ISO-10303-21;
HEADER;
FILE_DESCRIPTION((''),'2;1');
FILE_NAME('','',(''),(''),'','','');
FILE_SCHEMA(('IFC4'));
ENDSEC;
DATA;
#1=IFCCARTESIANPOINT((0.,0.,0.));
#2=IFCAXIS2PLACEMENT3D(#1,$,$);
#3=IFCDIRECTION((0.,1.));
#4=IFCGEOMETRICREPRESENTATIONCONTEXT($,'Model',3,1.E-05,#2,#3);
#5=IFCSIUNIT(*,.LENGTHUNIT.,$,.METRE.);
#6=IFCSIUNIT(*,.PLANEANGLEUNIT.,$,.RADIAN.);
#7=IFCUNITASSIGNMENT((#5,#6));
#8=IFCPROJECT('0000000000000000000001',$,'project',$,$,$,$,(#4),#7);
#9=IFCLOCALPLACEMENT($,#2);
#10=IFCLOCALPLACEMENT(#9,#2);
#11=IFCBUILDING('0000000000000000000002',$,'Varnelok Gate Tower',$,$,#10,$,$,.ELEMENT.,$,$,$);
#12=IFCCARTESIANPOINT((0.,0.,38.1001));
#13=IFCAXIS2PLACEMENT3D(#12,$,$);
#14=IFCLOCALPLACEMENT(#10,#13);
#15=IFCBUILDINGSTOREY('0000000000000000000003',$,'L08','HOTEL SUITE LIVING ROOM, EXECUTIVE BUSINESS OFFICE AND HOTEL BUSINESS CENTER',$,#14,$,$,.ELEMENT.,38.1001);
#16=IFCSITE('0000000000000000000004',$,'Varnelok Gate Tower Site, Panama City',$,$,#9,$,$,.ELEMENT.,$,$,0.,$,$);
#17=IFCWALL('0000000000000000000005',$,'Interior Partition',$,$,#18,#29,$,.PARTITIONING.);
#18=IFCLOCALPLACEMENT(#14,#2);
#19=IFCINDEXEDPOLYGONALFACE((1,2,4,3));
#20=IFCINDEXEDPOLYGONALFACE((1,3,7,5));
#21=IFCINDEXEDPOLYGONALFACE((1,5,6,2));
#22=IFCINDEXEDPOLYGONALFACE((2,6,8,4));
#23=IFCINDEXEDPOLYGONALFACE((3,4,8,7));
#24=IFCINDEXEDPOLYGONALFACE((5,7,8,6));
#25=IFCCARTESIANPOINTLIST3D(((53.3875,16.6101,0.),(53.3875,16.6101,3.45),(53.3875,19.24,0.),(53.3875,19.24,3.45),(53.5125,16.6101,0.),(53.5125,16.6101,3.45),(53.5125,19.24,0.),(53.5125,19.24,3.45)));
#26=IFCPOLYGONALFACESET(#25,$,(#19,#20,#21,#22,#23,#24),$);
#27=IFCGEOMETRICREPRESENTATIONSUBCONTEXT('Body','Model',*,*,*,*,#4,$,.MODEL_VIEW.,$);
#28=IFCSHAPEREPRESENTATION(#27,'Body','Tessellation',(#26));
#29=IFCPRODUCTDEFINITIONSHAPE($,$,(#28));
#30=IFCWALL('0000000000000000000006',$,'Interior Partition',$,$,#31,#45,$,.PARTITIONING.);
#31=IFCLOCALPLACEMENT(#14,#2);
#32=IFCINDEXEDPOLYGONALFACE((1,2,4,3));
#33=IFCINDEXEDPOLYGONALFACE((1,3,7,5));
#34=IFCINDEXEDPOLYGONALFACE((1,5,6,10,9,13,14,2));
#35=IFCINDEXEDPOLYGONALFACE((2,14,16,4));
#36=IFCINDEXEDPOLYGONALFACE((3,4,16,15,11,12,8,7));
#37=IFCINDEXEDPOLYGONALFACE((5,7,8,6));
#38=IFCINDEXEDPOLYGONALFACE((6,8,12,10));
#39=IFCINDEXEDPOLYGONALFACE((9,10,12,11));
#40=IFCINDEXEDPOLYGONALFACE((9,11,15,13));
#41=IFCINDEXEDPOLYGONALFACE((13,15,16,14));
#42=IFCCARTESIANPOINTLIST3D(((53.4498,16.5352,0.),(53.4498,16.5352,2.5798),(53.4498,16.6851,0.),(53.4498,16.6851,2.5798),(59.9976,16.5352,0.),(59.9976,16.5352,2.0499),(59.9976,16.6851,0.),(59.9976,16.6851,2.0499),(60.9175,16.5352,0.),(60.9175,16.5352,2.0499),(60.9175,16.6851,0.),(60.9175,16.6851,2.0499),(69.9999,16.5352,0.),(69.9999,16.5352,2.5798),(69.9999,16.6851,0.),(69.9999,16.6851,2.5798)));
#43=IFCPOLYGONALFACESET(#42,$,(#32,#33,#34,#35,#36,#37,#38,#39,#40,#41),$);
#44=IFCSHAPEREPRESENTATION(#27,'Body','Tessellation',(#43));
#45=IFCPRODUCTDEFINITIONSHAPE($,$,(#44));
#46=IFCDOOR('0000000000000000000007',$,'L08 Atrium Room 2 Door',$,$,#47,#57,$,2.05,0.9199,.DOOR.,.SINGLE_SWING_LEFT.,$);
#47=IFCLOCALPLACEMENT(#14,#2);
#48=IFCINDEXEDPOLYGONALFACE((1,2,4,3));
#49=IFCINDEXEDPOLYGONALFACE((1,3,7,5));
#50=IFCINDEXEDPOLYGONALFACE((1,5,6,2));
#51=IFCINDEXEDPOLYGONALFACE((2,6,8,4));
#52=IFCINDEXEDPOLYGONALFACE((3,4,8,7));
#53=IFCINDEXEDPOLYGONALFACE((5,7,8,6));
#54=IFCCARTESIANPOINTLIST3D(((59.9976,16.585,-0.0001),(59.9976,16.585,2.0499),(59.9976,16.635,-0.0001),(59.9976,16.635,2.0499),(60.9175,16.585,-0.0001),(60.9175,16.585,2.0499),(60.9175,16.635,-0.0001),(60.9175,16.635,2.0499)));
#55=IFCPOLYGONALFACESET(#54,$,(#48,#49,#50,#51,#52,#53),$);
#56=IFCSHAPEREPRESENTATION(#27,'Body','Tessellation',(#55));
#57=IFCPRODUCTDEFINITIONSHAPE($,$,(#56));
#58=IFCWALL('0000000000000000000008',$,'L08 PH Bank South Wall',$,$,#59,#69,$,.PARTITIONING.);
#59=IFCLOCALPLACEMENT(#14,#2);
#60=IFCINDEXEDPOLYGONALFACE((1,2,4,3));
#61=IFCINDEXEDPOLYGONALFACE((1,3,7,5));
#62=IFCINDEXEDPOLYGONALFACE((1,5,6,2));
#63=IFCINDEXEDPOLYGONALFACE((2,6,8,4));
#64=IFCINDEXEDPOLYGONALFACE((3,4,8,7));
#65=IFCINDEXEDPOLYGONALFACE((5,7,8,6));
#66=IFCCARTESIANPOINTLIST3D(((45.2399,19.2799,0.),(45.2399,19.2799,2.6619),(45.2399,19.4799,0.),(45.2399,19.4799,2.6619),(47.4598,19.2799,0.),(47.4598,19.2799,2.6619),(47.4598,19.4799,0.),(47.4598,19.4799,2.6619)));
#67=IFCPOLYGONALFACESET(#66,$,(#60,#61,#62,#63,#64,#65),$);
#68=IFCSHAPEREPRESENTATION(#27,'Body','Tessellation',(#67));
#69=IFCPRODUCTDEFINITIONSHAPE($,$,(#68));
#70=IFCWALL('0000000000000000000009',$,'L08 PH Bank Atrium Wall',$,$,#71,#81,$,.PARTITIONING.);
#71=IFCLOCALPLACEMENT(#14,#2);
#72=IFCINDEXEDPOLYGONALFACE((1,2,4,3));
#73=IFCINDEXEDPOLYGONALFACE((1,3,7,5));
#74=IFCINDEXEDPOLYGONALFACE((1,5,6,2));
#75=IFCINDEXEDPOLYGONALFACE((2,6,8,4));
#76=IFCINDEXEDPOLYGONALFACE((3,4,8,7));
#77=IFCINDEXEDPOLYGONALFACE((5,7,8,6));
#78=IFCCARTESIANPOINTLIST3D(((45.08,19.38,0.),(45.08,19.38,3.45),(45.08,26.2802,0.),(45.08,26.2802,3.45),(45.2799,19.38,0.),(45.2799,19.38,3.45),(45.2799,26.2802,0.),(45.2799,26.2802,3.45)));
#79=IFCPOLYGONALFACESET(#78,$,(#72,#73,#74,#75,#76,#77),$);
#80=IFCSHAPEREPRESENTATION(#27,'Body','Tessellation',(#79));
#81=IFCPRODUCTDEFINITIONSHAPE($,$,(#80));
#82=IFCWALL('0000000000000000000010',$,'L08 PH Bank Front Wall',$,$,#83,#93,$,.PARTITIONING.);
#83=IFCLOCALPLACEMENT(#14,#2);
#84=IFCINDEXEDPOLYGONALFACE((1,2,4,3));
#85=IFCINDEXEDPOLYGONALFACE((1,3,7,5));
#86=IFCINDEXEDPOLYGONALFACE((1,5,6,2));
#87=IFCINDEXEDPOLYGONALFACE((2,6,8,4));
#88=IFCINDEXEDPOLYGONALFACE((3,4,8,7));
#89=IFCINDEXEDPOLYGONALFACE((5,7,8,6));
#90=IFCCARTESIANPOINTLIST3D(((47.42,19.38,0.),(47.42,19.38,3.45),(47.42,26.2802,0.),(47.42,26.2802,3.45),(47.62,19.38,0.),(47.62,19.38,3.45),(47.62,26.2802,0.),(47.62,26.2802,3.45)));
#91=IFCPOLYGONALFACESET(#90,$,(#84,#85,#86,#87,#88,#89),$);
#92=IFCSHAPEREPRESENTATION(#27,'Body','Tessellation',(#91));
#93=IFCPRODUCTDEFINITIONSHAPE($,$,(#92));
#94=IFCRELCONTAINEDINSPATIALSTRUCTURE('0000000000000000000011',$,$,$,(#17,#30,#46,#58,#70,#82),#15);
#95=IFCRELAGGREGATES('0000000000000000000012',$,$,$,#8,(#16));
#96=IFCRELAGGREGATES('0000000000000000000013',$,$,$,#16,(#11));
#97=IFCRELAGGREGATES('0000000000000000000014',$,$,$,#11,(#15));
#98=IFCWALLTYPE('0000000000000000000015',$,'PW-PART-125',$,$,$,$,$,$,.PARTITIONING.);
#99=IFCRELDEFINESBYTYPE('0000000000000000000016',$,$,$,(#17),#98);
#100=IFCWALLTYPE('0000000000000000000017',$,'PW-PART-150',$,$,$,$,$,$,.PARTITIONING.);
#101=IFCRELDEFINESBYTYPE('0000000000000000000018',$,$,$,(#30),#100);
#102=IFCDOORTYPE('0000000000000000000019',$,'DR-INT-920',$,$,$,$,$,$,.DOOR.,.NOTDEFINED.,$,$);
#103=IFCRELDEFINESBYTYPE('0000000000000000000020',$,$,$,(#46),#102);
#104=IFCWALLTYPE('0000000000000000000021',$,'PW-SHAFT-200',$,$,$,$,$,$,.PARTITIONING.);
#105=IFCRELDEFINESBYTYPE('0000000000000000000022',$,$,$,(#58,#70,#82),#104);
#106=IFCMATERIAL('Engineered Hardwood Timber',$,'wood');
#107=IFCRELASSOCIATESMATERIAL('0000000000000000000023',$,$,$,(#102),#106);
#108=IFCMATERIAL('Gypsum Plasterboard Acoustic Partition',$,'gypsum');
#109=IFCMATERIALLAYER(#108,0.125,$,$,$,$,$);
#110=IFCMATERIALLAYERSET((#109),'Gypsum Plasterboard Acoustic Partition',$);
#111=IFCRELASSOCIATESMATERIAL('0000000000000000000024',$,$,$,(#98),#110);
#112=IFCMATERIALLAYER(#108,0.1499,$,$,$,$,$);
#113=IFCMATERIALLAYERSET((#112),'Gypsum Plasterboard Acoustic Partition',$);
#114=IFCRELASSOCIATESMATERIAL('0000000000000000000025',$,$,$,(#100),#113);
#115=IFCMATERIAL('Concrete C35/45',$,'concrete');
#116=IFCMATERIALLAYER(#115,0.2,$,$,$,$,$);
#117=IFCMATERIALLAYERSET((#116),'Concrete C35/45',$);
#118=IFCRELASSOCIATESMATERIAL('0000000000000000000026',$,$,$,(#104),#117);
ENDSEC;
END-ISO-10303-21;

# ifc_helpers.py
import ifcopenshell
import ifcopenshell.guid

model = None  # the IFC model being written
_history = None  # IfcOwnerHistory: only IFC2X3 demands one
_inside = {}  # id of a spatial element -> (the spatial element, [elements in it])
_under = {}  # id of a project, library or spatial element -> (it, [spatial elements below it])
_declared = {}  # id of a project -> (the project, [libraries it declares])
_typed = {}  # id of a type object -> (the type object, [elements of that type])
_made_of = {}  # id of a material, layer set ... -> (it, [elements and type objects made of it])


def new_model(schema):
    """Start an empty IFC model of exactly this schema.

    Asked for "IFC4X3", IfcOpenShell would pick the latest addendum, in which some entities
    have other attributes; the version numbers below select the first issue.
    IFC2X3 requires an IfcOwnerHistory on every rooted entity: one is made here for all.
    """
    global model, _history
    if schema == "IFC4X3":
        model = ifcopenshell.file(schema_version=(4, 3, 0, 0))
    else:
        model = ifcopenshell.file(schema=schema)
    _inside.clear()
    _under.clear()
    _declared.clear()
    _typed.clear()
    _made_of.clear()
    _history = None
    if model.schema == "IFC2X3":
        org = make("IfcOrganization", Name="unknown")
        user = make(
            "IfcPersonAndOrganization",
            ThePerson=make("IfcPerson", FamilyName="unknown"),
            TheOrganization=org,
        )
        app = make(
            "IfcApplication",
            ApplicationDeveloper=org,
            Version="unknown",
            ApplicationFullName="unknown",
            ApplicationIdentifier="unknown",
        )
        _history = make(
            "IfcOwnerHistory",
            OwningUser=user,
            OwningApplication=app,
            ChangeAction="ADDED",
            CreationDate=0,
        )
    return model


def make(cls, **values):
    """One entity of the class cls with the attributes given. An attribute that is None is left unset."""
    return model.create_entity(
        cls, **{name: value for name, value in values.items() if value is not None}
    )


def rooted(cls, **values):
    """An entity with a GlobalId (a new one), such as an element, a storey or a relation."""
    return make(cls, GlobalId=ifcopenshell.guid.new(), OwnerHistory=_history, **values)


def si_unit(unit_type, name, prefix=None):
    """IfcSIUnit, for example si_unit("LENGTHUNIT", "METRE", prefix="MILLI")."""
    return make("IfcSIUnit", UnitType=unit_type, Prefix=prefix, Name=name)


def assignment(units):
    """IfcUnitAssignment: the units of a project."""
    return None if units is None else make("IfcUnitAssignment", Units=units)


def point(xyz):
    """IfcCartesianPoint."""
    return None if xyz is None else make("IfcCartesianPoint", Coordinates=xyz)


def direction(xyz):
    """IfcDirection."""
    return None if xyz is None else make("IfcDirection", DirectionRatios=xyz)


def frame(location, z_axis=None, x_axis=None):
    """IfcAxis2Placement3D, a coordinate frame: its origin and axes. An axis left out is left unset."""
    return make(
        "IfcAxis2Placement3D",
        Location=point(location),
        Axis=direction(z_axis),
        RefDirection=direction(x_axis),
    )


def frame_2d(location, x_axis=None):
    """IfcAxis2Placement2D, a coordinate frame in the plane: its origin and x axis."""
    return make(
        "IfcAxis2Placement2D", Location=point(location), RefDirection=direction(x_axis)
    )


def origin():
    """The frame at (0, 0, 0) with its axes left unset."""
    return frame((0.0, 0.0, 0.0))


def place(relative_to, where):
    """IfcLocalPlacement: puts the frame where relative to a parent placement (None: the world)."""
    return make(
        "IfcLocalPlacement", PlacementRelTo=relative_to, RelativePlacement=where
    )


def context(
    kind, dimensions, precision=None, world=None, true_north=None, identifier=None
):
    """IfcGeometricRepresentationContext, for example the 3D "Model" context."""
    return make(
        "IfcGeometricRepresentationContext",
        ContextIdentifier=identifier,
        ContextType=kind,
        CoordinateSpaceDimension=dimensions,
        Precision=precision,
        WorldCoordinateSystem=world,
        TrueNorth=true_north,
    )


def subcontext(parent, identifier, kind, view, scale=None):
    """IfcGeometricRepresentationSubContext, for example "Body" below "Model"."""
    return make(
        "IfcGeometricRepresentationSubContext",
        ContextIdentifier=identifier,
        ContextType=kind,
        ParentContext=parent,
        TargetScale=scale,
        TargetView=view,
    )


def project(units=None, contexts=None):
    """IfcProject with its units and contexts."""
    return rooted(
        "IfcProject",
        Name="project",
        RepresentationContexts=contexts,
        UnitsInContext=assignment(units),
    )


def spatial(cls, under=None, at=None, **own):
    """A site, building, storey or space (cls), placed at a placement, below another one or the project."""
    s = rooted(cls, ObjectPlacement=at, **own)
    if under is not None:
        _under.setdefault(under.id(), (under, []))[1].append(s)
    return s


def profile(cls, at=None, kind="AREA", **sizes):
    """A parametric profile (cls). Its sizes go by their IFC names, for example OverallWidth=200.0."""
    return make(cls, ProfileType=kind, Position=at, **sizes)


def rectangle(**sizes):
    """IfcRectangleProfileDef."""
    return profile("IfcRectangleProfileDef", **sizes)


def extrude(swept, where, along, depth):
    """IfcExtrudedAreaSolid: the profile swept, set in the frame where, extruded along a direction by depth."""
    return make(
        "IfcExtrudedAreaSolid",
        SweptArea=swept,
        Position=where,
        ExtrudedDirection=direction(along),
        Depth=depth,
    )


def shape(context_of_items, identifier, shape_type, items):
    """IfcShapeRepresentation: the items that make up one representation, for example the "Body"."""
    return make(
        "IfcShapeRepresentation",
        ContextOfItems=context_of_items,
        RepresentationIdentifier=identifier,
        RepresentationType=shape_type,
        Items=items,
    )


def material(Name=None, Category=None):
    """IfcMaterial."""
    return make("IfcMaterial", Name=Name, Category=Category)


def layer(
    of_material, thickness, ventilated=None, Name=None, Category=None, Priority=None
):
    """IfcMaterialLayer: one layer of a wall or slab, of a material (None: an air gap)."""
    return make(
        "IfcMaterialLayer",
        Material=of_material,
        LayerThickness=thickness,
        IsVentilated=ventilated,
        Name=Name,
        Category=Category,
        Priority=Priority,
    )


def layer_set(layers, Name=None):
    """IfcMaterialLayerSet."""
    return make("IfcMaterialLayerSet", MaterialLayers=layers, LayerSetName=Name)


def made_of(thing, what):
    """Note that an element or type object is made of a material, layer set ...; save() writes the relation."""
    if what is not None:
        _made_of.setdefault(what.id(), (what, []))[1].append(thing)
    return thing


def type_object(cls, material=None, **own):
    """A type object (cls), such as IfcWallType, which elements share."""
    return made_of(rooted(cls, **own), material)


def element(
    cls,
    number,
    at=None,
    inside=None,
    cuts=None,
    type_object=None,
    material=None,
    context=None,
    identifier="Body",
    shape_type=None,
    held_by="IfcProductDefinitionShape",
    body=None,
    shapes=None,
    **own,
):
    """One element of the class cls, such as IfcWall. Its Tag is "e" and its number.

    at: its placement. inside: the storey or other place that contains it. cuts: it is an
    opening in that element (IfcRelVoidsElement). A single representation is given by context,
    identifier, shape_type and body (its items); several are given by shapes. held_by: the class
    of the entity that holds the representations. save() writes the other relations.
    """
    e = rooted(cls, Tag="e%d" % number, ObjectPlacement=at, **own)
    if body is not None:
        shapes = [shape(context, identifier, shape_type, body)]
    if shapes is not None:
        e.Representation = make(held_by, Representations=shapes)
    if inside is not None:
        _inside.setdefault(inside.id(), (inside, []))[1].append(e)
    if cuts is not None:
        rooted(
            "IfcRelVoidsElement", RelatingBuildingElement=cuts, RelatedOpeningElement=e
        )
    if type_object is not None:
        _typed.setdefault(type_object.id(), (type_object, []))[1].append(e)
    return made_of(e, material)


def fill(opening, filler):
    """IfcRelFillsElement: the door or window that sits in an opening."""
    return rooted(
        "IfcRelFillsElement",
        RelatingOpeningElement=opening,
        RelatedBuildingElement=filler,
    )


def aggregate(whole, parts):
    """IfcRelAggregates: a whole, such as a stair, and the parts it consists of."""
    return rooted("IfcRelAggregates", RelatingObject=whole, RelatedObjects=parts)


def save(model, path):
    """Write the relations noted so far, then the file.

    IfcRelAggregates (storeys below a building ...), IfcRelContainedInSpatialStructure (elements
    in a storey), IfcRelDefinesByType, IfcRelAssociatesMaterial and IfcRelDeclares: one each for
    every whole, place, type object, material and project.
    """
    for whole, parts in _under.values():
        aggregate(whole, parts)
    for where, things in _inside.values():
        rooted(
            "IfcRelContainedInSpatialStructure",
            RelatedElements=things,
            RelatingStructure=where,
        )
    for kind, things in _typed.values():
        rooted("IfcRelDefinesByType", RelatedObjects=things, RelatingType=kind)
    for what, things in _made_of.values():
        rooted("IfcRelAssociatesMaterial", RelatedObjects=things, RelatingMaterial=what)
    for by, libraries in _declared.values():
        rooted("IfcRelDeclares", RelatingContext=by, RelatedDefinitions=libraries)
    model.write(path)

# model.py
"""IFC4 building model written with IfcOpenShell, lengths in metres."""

from ifc_helpers import new_model, si_unit, direction, frame, frame_2d, origin, place, context, subcontext, project, spatial, rectangle, extrude, material, layer, layer_set, type_object, element, fill, save


model = new_model("IFC4")

# Units and contexts
model_context = context("Model", 3, precision=1e-05, world=origin(), true_north=direction((0.0, 1.0)))
body_context = subcontext(model_context, "Body", "Model", "MODEL_VIEW")
ifc_project = project(units=[si_unit("LENGTHUNIT", "METRE"), si_unit("PLANEANGLEUNIT", "RADIAN")], contexts=[model_context])

# Site, building, storey
site_placement = place(None, origin())
site = spatial("IfcSite", under=ifc_project, at=site_placement, Name="Varnelok Gate Tower Site, Panama City", CompositionType="ELEMENT", RefElevation=0.0)
building_placement = place(site_placement, origin())
building = spatial("IfcBuilding", under=site, at=building_placement, Name="Varnelok Gate Tower", CompositionType="ELEMENT")
storey_placement = place(building_placement, frame((0.0, 0.0, 38.1001)))
storey = spatial("IfcBuildingStorey", under=building, at=storey_placement, Name="L08", Description="HOTEL SUITE LIVING ROOM, EXECUTIVE BUSINESS OFFICE AND HOTEL BUSINESS CENTER", CompositionType="ELEMENT", Elevation=38.1001)

# Shared definitions
ifc_material_1 = material(Name="Gypsum Plasterboard Acoustic Partition", Category="gypsum")
ifc_material_2 = material(Name="Engineered Hardwood Timber", Category="wood")
door_type_1 = type_object("IfcDoorType", Name="DR-INT-920", OperationType="NOTDEFINED", PredefinedType="DOOR", material=ifc_material_2)

# Wall
ifc_layer_1 = layer(ifc_material_1, 0.125)
ifc_layer_set_1 = layer_set([ifc_layer_1], Name="Gypsum Plasterboard Acoustic Partition")
wall_type_1 = type_object("IfcWallType", Name="PW-PART-125", PredefinedType="PARTITIONING", material=ifc_layer_set_1)
wall_1_placement = place(storey_placement, frame((53.45, 16.6101, 0.0), z_axis=(0.0, 0.0, 1.0), x_axis=(0.0, 1.0, 0.0)))
element("IfcWall", 1, at=wall_1_placement, inside=storey, type_object=wall_type_1, Name="Interior Partition", PredefinedType="PARTITIONING", context=body_context, shape_type="SweptSolid", body=[
    extrude(rectangle(XDim=2.6299, YDim=0.125, at=frame_2d((1.3149, 0.0))), origin(), (0.0, 0.0, 1.0), 3.45),
])

# Wall, opening, door
ifc_layer_2 = layer(ifc_material_1, 0.1499)
ifc_layer_set_2 = layer_set([ifc_layer_2], Name="Gypsum Plasterboard Acoustic Partition")
wall_type_2 = type_object("IfcWallType", Name="PW-PART-150", PredefinedType="PARTITIONING", material=ifc_layer_set_2)
wall_2_placement = place(storey_placement, frame((53.45, 16.6101, 0.0), z_axis=(0.0, 0.0, 1.0), x_axis=(1.0, 0.0, 0.0)))
wall_2 = element("IfcWall", 2, at=wall_2_placement, inside=storey, type_object=wall_type_2, Name="Interior Partition", PredefinedType="PARTITIONING", context=body_context, shape_type="SweptSolid", body=[
    extrude(rectangle(XDim=16.55, YDim=0.1499, at=frame_2d((8.2749, 0.0))), origin(), (0.0, 0.0, 1.0), 2.5798),
])
opening_1_placement = place(wall_2_placement, frame((6.5476, 0.0, 0.0)))
opening_1 = element("IfcOpeningElement", 3, at=opening_1_placement, cuts=wall_2, PredefinedType="OPENING", context=body_context, shape_type="SweptSolid", body=[
    extrude(rectangle(XDim=0.9199, YDim=2.05, at=frame_2d((0.46, 1.0249))), frame((0.0, 0.085, 0.0), z_axis=(0.0, -1.0, 0.0), x_axis=(1.0, 0.0, 0.0)), (0.0, 0.0, 1.0), 0.1699),
])
door_1_placement = place(opening_1_placement, origin())
door_1 = element("IfcDoor", 4, at=door_1_placement, inside=storey, type_object=door_type_1, Name="L08 Atrium Room 2 Door", OperationType="SINGLE_SWING_LEFT", OverallHeight=2.05, OverallWidth=0.9199, PredefinedType="DOOR", context=body_context, shape_type="SweptSolid", body=[
    extrude(rectangle(XDim=0.9199, YDim=2.05, at=frame_2d((0.46, 1.0249))), frame((0.0, 0.0249, 0.0), z_axis=(0.0, -1.0, 0.0), x_axis=(1.0, 0.0, 0.0)), (0.0, 0.0, 1.0), 0.05),
])
fill(opening_1, door_1)

# Walls
ifc_material_3 = material(Name="Concrete C35/45", Category="concrete")
ifc_layer_3 = layer(ifc_material_3, 0.2)
ifc_layer_set_3 = layer_set([ifc_layer_3], Name="Concrete C35/45")
wall_type_3 = type_object("IfcWallType", Name="PW-SHAFT-200", PredefinedType="PARTITIONING", material=ifc_layer_set_3)
wall_3_placement = place(storey_placement, frame((45.24, 19.3799, 0.0), z_axis=(0.0, 0.0, 1.0), x_axis=(1.0, 0.0, 0.0)))
element("IfcWall", 5, at=wall_3_placement, inside=storey, type_object=wall_type_3, Name="L08 PH Bank South Wall", PredefinedType="PARTITIONING", context=body_context, shape_type="SweptSolid", body=[
    extrude(rectangle(XDim=2.22, YDim=0.2, at=frame_2d((1.1099, 0.0))), origin(), (0.0, 0.0, 1.0), 2.6619),
])
for number, where, z_axis, x_axis, name in (
    (6, (45.1799, 19.3799, 0.0), (0.0, 0.0, 1.0), (0.0, 1.0, 0.0), "L08 PH Bank Atrium Wall"),
    (7, (47.52, 19.3799, 0.0), (0.0, 0.0, 1.0), (0.0, 1.0, 0.0), "L08 PH Bank Front Wall"),
):
    element("IfcWall", number, at=place(storey_placement, frame(where, z_axis=z_axis, x_axis=x_axis)), inside=storey, type_object=wall_type_3, Name=name, PredefinedType="PARTITIONING", context=body_context, shape_type="SweptSolid", body=[
        extrude(rectangle(XDim=6.9001, YDim=0.2, at=frame_2d((3.4502, 0.0))), origin(), (0.0, 0.0, 1.0), 3.45),
    ])

save(model, "model.ifc")
